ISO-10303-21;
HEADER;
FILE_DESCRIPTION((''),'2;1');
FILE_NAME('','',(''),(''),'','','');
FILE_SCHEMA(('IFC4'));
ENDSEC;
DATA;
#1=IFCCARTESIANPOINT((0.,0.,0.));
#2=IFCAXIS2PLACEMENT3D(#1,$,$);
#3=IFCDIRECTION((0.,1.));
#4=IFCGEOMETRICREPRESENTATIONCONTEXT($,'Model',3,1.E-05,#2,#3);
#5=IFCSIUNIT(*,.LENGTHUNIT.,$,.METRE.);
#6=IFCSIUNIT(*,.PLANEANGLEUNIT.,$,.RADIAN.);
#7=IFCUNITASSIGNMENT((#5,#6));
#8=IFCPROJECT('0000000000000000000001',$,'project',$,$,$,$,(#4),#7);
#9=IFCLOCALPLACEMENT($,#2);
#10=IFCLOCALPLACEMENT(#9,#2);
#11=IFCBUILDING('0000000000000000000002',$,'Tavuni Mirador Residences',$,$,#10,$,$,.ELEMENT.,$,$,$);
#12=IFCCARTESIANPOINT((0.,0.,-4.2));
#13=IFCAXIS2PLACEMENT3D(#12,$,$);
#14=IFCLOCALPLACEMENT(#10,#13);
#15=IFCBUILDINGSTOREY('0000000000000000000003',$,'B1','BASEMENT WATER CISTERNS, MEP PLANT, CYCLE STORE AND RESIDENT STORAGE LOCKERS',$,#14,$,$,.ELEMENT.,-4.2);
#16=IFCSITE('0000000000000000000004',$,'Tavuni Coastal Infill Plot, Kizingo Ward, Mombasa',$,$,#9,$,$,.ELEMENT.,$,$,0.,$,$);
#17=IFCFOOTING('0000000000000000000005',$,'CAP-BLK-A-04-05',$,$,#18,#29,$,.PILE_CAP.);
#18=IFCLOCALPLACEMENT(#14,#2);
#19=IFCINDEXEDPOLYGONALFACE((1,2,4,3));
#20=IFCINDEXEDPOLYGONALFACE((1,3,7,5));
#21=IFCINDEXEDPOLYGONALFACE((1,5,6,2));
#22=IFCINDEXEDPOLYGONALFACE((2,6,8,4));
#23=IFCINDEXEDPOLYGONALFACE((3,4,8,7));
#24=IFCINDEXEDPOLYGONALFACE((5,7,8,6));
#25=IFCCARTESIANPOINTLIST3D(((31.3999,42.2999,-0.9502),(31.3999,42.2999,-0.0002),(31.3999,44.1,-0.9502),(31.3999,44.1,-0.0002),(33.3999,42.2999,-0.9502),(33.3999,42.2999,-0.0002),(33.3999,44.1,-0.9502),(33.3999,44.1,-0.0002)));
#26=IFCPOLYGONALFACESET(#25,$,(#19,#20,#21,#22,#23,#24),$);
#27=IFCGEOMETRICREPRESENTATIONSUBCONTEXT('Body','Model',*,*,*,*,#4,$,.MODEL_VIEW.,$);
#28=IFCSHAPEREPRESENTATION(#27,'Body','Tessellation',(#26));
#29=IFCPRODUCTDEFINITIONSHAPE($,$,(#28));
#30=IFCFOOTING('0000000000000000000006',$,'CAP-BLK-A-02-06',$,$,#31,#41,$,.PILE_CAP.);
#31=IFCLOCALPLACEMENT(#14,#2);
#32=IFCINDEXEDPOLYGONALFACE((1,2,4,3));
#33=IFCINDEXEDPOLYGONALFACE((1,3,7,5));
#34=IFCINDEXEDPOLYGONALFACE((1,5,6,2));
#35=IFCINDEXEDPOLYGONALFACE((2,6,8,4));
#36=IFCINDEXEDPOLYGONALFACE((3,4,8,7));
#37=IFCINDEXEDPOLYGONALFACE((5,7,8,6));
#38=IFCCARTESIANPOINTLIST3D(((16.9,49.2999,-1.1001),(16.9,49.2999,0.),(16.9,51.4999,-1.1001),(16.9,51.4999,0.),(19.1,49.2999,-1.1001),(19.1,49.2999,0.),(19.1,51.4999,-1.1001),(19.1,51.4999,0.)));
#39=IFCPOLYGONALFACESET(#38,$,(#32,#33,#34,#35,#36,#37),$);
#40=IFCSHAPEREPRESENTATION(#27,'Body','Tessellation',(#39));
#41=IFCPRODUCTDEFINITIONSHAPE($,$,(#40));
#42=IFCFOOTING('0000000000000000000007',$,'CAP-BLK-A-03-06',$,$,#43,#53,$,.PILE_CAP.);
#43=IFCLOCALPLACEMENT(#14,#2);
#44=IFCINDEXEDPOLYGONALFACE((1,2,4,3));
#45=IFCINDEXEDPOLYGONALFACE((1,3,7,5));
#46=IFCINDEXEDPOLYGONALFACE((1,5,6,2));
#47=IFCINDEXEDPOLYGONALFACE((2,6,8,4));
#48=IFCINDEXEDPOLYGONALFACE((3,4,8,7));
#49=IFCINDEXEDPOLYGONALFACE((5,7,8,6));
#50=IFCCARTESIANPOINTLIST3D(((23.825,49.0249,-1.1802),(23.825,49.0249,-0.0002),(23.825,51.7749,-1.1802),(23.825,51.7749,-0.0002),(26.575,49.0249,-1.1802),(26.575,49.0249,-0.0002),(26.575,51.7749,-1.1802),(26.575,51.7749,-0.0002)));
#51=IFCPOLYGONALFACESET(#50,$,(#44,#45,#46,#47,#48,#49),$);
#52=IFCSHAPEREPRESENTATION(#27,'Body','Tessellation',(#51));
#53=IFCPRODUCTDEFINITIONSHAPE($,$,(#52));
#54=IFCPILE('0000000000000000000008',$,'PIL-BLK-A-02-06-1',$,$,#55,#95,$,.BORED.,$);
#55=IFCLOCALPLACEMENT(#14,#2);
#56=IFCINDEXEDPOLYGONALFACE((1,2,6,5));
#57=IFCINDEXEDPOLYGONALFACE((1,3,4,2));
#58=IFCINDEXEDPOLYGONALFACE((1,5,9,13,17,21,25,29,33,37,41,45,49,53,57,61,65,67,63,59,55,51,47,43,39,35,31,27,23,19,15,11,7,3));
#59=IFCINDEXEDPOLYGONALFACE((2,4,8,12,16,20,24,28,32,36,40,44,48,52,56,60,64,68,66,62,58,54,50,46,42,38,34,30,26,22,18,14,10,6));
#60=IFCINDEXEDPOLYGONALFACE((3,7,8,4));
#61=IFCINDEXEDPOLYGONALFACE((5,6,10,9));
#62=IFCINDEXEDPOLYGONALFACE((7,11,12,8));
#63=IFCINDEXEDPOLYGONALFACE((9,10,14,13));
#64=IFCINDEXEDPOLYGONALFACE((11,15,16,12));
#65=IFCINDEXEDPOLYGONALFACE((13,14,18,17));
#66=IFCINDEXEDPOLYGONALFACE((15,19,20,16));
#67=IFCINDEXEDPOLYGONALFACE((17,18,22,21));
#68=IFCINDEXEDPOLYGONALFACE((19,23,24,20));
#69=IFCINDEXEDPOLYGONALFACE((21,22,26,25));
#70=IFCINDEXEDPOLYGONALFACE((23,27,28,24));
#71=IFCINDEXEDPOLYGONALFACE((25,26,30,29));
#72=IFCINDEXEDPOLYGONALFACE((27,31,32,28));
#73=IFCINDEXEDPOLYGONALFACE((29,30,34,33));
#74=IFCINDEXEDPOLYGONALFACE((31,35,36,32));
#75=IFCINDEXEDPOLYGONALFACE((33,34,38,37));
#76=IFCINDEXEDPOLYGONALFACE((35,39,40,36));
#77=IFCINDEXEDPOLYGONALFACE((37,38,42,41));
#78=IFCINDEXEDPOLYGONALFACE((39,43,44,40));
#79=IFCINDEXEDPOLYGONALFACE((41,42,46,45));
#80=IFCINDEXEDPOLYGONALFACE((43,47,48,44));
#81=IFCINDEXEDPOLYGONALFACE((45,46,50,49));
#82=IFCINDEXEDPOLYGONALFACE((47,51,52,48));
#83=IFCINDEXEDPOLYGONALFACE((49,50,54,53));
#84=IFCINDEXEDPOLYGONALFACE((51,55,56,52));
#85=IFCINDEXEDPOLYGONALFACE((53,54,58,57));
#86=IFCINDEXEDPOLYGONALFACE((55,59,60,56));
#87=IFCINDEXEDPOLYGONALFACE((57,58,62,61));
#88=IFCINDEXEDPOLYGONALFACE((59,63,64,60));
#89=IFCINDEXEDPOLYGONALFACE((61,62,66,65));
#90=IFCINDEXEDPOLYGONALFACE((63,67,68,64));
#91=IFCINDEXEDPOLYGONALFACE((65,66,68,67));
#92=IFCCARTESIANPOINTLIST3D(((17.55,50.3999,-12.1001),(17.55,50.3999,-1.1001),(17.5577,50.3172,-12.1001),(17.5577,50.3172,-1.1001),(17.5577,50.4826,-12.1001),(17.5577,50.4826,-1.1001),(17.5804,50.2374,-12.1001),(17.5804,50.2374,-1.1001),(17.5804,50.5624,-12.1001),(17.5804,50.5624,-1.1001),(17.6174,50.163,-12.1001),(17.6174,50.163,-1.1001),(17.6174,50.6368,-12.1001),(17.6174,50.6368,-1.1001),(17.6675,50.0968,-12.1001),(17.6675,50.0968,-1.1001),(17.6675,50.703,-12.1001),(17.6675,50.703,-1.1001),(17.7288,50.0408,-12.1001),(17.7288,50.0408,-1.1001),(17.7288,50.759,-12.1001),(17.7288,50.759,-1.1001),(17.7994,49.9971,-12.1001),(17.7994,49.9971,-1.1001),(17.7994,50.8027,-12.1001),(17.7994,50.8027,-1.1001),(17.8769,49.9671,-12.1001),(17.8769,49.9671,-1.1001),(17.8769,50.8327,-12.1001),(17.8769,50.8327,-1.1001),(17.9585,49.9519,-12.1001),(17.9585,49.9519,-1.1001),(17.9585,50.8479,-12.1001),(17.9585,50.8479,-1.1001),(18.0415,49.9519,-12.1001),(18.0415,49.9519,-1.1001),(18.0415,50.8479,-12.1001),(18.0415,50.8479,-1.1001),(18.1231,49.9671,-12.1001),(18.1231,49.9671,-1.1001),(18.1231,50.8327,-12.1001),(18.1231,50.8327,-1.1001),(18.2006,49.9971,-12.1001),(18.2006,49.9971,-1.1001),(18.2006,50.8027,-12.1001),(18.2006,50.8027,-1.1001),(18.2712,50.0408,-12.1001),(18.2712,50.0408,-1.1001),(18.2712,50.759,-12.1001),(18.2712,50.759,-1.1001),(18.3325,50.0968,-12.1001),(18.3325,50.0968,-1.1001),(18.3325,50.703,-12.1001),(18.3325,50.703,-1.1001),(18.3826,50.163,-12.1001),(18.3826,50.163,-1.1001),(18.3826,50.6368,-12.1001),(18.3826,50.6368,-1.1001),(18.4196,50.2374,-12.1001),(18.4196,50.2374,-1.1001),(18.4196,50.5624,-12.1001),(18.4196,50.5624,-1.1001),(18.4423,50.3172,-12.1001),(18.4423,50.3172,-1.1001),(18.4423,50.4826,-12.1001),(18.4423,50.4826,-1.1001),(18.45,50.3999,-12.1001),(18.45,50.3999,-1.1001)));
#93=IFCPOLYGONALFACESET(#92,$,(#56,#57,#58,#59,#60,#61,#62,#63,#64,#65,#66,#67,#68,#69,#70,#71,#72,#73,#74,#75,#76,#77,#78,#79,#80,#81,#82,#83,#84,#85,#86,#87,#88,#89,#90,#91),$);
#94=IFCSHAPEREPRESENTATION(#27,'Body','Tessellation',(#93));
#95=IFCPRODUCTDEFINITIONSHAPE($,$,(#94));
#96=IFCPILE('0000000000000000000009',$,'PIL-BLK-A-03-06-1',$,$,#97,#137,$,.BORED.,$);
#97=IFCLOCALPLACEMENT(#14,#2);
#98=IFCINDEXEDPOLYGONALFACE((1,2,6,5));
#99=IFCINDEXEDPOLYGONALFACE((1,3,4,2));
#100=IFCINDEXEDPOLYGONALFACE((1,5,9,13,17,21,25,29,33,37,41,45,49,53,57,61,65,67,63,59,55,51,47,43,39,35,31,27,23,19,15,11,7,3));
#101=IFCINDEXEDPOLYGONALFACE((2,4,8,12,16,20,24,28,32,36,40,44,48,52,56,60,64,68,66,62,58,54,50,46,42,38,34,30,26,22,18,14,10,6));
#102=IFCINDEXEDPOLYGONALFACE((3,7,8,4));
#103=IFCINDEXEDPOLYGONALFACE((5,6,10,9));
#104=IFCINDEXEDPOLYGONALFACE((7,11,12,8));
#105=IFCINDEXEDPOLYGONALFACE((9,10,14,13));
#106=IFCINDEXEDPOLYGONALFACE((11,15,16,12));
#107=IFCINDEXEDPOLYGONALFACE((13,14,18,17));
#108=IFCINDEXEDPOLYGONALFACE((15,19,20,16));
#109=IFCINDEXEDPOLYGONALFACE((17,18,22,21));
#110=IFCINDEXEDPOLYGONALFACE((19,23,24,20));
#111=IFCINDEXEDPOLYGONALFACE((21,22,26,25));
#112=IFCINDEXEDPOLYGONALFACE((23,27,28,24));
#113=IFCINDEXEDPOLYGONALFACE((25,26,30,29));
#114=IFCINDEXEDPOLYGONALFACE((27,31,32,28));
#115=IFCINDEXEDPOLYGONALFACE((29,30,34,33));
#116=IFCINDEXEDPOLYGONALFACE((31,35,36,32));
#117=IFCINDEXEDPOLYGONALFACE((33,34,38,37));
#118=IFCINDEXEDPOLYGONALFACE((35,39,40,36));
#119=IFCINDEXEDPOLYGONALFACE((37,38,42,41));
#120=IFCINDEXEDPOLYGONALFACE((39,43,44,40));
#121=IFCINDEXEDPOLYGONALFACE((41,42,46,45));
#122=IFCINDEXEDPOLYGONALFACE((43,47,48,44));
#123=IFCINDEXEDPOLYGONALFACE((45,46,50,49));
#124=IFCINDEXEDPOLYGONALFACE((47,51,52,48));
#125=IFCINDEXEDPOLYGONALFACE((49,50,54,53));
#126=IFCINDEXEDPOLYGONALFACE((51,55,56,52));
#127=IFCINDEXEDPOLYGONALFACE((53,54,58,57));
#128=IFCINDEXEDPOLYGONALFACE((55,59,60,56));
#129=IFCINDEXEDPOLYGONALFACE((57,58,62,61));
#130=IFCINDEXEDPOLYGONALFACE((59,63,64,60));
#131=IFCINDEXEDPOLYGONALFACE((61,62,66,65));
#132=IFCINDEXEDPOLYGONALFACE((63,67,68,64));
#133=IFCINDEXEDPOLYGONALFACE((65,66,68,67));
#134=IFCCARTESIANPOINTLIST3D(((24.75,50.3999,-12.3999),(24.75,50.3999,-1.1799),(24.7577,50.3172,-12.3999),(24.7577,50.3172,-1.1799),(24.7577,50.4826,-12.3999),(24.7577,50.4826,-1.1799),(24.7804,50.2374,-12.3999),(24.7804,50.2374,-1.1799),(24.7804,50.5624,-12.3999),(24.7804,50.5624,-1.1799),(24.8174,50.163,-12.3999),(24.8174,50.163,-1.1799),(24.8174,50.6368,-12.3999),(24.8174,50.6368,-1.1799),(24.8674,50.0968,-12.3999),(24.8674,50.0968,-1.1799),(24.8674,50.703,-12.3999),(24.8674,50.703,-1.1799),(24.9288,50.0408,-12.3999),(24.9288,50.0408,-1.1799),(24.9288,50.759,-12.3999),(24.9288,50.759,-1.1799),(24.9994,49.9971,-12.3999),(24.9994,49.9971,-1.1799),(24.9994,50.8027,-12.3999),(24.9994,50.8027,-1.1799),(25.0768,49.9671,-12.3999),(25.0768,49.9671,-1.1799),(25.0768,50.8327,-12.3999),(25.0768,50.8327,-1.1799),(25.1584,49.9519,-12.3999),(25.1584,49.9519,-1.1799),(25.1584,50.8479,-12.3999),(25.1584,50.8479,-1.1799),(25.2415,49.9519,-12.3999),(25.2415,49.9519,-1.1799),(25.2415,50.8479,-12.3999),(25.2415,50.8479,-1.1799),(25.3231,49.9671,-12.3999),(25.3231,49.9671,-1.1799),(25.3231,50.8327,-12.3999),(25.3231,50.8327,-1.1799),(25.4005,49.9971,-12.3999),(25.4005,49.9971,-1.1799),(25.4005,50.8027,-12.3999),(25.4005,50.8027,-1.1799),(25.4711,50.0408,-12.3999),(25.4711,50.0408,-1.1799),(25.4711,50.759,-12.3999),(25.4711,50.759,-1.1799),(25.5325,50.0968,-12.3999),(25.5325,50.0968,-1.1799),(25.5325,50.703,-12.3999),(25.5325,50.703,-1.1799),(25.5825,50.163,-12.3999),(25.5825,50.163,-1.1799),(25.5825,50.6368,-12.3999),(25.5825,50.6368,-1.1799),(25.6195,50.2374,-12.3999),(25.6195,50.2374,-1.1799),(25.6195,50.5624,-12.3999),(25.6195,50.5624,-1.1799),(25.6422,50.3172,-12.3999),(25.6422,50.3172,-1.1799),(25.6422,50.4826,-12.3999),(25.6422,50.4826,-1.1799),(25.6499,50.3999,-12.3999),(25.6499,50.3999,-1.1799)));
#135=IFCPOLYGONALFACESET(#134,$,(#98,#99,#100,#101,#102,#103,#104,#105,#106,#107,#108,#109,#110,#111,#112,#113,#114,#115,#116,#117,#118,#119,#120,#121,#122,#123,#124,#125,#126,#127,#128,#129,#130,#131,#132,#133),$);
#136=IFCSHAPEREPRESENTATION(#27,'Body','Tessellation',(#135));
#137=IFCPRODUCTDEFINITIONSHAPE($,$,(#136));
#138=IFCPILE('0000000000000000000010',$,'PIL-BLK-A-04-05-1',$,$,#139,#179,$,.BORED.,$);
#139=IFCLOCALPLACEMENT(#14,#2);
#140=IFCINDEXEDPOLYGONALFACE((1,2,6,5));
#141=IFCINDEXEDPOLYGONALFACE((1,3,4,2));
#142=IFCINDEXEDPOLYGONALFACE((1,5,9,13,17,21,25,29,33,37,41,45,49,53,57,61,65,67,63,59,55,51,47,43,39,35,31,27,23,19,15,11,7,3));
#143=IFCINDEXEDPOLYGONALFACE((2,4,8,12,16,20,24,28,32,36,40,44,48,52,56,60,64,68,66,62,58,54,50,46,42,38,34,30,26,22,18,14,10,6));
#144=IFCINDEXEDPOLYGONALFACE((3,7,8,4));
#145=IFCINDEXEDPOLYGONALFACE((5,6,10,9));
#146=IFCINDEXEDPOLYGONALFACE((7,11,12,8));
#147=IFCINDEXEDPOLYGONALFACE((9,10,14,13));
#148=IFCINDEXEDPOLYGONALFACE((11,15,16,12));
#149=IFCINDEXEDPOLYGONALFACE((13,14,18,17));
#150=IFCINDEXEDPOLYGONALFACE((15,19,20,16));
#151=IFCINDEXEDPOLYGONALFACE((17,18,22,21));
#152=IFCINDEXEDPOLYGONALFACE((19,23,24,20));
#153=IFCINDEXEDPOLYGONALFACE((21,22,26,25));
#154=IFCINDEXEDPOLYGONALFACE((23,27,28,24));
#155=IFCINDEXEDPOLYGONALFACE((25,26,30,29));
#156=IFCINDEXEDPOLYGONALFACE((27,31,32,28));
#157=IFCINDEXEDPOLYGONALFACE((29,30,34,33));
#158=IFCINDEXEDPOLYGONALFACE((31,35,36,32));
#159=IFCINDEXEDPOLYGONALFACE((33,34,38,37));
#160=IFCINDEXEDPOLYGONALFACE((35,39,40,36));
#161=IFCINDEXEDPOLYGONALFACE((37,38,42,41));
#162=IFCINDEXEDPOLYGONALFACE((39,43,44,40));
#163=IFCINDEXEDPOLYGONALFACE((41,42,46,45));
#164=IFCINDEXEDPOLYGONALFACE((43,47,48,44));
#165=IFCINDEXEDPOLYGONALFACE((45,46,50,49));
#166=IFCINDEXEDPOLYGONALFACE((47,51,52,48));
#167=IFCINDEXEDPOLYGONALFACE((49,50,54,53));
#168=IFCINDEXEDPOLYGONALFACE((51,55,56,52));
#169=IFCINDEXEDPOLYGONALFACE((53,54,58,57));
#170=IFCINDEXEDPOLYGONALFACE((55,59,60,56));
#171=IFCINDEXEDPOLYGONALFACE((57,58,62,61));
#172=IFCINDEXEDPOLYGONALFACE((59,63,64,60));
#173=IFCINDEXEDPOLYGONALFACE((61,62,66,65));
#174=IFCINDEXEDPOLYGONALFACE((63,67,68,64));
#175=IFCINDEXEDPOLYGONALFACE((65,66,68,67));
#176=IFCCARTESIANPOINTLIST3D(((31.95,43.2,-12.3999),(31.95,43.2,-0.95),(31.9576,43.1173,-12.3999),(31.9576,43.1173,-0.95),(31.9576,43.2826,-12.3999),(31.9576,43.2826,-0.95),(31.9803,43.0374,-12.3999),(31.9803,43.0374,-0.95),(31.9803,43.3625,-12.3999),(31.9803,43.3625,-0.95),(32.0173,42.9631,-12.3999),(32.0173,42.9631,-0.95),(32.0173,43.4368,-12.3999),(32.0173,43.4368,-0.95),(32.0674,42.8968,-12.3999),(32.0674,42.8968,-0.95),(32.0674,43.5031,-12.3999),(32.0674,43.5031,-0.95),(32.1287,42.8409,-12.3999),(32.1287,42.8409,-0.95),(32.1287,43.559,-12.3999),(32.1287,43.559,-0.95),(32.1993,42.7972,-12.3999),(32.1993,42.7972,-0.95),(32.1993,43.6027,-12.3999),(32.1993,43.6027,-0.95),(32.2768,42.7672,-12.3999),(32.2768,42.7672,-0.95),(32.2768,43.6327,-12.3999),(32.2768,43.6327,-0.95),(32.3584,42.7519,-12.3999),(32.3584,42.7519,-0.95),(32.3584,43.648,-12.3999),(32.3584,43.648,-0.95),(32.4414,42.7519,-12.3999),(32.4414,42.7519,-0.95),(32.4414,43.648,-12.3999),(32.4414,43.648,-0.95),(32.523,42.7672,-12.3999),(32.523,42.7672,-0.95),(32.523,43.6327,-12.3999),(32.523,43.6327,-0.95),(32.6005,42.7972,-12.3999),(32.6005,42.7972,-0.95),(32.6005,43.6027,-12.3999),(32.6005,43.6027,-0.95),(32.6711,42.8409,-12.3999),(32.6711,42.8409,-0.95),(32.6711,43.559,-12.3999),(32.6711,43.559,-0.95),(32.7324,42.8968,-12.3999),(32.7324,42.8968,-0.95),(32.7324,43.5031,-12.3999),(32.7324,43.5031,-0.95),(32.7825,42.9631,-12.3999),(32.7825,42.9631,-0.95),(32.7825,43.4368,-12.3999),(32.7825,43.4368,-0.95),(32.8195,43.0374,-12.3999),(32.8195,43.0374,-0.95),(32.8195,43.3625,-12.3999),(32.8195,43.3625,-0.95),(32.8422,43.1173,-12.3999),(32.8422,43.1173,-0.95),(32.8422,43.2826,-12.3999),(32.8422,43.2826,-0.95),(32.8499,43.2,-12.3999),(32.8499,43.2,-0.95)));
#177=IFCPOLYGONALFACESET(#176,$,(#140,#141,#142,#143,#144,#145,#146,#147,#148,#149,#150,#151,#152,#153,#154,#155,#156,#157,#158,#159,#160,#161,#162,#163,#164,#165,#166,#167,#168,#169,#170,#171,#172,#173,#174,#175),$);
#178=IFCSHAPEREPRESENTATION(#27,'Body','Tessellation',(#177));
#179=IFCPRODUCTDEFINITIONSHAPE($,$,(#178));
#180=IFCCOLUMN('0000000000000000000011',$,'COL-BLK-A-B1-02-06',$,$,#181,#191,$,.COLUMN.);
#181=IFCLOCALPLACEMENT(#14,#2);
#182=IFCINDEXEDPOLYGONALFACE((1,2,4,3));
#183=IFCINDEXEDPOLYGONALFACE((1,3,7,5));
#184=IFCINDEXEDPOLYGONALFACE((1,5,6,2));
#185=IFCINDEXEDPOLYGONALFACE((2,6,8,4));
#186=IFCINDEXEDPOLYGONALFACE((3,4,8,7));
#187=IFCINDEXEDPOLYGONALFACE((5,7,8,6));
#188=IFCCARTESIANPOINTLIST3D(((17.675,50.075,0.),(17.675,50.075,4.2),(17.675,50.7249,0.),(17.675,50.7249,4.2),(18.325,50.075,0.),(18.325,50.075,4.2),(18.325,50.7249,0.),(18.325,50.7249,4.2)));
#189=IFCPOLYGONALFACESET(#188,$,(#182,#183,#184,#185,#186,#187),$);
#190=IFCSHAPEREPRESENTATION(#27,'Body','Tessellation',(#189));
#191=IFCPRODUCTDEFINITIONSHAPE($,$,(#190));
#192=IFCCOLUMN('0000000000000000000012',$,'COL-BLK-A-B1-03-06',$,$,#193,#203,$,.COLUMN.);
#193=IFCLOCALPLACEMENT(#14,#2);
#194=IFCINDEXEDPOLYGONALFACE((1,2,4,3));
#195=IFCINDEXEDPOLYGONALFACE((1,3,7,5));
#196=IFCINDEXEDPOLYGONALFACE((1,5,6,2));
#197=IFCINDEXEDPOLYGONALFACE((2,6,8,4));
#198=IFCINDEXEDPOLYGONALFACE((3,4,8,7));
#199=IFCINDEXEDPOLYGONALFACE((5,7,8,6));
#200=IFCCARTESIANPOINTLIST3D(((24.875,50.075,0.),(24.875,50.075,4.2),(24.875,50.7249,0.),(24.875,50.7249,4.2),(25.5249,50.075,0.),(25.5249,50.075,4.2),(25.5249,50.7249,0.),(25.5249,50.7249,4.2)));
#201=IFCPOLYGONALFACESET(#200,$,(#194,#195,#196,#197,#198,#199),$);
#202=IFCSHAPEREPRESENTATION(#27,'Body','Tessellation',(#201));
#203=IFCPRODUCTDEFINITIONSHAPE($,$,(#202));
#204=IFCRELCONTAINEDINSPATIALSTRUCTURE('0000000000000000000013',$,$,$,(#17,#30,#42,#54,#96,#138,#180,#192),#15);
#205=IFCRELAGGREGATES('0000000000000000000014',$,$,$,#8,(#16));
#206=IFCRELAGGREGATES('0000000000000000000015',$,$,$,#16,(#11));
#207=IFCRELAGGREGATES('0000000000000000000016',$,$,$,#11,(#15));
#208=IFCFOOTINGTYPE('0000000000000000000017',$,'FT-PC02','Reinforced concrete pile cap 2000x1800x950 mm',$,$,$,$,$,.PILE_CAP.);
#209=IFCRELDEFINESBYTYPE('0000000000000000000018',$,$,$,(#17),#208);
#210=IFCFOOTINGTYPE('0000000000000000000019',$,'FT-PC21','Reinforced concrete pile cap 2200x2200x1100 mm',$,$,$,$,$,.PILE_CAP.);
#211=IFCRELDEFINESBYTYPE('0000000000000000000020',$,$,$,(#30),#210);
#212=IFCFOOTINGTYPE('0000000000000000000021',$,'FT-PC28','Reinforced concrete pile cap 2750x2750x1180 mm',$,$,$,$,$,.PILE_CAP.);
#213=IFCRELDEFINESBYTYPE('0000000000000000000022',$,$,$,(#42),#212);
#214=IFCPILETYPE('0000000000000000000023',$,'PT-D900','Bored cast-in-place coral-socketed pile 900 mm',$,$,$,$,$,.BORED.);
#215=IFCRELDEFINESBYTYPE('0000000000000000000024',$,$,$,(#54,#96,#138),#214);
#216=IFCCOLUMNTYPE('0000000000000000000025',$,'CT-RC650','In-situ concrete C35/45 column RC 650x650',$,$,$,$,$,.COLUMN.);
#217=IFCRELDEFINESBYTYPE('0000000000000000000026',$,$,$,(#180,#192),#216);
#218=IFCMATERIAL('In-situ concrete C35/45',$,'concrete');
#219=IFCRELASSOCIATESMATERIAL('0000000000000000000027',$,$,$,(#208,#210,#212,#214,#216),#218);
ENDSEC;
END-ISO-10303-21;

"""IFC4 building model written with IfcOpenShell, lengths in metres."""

from ifc_helpers import new_model, si_unit, direction, frame, origin, origin_2d, place, context, subcontext, project, spatial, rectangle, circle, extrude, material, material_profile, profile_set, type_object, element, save


model = new_model("IFC4")

# Units and contexts
model_context = context("Model", 3, precision=1e-05, world=origin(), true_north=direction((0.0, 1.0)))
body_context = subcontext(model_context, "Body", "Model", "MODEL_VIEW")
ifc_project = project(units=[si_unit("LENGTHUNIT", "METRE"), si_unit("PLANEANGLEUNIT", "RADIAN")], contexts=[model_context])

# Site, building, storey
site_placement = place(None, origin())
site = spatial("IfcSite", under=ifc_project, at=site_placement, Name="Tavuni Coastal Infill Plot, Kizingo Ward, Mombasa", CompositionType="ELEMENT", RefElevation=0.0)
building_placement = place(site_placement, origin())
building = spatial("IfcBuilding", under=site, at=building_placement, Name="Tavuni Mirador Residences", CompositionType="ELEMENT")
storey_placement = place(building_placement, frame((0.0, 0.0, -4.2)))
storey = spatial("IfcBuildingStorey", under=building, at=storey_placement, Name="B1", Description="BASEMENT WATER CISTERNS, MEP PLANT, CYCLE STORE AND RESIDENT STORAGE LOCKERS", CompositionType="ELEMENT", Elevation=-4.2)

# Footings
ifc_material_1 = material(Name="In-situ concrete C35/45", Category="concrete")
footing_type_1 = type_object("IfcFootingType", Name="FT-PC02", Description="Reinforced concrete pile cap 2000x1800x950 mm", PredefinedType="PILE_CAP", material=ifc_material_1)
footing_1_placement = place(storey_placement, frame((32.3999, 43.2, -0.9502), z_axis=(0.0, 0.0, 1.0), x_axis=(1.0, 0.0, 0.0)))
element("IfcFooting", 1, at=footing_1_placement, inside=storey, type_object=footing_type_1, Name="CAP-BLK-A-04-05", PredefinedType="PILE_CAP", context=body_context, shape_type="SweptSolid", body=[
    extrude(rectangle(XDim=2.0, YDim=1.8, at=origin_2d()), origin(), (0.0, 0.0, 1.0), 0.95),
])
footing_type_2 = type_object("IfcFootingType", Name="FT-PC21", Description="Reinforced concrete pile cap 2200x2200x1100 mm", PredefinedType="PILE_CAP", material=ifc_material_1)
footing_2_placement = place(storey_placement, frame((18.0, 50.3999, -1.1001), z_axis=(0.0, 0.0, 1.0), x_axis=(1.0, 0.0, 0.0)))
element("IfcFooting", 2, at=footing_2_placement, inside=storey, type_object=footing_type_2, Name="CAP-BLK-A-02-06", PredefinedType="PILE_CAP", context=body_context, shape_type="SweptSolid", body=[
    extrude(rectangle(XDim=2.2, YDim=2.2, at=origin_2d()), origin(), (0.0, 0.0, 1.0), 1.1001),
])
footing_type_3 = type_object("IfcFootingType", Name="FT-PC28", Description="Reinforced concrete pile cap 2750x2750x1180 mm", PredefinedType="PILE_CAP", material=ifc_material_1)
footing_3_placement = place(storey_placement, frame((25.2, 50.3999, -1.1802), z_axis=(0.0, 0.0, 1.0), x_axis=(1.0, 0.0, 0.0)))
element("IfcFooting", 3, at=footing_3_placement, inside=storey, type_object=footing_type_3, Name="CAP-BLK-A-03-06", PredefinedType="PILE_CAP", context=body_context, shape_type="SweptSolid", body=[
    extrude(rectangle(XDim=2.75, YDim=2.75, at=origin_2d()), origin(), (0.0, 0.0, 1.0), 1.1799),
])

# Piles
ifc_material_profile_1 = material_profile(ifc_material_1, circle(Radius=0.45, at=origin_2d()), Name="PILE D900", Category="concrete")
ifc_profile_set_1 = profile_set([ifc_material_profile_1], Name="In-situ concrete C35/45")
pile_type = type_object("IfcPileType", Name="PT-D900", Description="Bored cast-in-place coral-socketed pile 900 mm", PredefinedType="BORED", material=ifc_profile_set_1)
pile_1_placement = place(storey_placement, frame((18.0, 50.3999, -1.1001), z_axis=(0.0, 0.0, -1.0), x_axis=(1.0, 0.0, 0.0)))
element("IfcPile", 4, at=pile_1_placement, inside=storey, type_object=pile_type, Name="PIL-BLK-A-02-06-1", PredefinedType="BORED", context=body_context, shape_type="SweptSolid", body=[
    extrude(circle(Radius=0.45, at=origin_2d()), origin(), (0.0, 0.0, 1.0), 11.0),
])
pile_2_placement = place(storey_placement, frame((25.2, 50.3999, -1.1799), z_axis=(0.0, 0.0, -1.0), x_axis=(1.0, 0.0, 0.0)))
element("IfcPile", 5, at=pile_2_placement, inside=storey, type_object=pile_type, Name="PIL-BLK-A-03-06-1", PredefinedType="BORED", context=body_context, shape_type="SweptSolid", body=[
    extrude(circle(Radius=0.45, at=origin_2d()), origin(), (0.0, 0.0, 1.0), 11.22),
])
pile_3_placement = place(storey_placement, frame((32.3999, 43.2, -0.95), z_axis=(0.0, 0.0, -1.0), x_axis=(1.0, 0.0, 0.0)))
element("IfcPile", 6, at=pile_3_placement, inside=storey, type_object=pile_type, Name="PIL-BLK-A-04-05-1", PredefinedType="BORED", context=body_context, shape_type="SweptSolid", body=[
    extrude(circle(Radius=0.45, at=origin_2d()), origin(), (0.0, 0.0, 1.0), 11.45),
])

# Columns
ifc_material_profile_2 = material_profile(ifc_material_1, rectangle(XDim=0.6499, YDim=0.6499, at=origin_2d()), Name="RC 650x650", Category="concrete")
ifc_profile_set_2 = profile_set([ifc_material_profile_2], Name="In-situ concrete C35/45")
column_type = type_object("IfcColumnType", Name="CT-RC650", Description="In-situ concrete C35/45 column RC 650x650", PredefinedType="COLUMN", material=ifc_profile_set_2)
for number, where, z_axis, x_axis, name in (
    (7, (18.0, 50.3999, 0.0), (0.0, 0.0, 1.0), (1.0, 0.0, 0.0), "COL-BLK-A-B1-02-06"),
    (8, (25.2, 50.3999, 0.0), (0.0, 0.0, 1.0), (1.0, 0.0, 0.0), "COL-BLK-A-B1-03-06"),
):
    element("IfcColumn", number, at=place(storey_placement, frame(where, z_axis=z_axis, x_axis=x_axis)), inside=storey, type_object=column_type, Name=name, PredefinedType="COLUMN", context=body_context, shape_type="SweptSolid", body=[
        extrude(rectangle(XDim=0.6499, YDim=0.6499, at=origin_2d()), origin(), (0.0, 0.0, 1.0), 4.2),
    ])

save(model, "model.ifc")
